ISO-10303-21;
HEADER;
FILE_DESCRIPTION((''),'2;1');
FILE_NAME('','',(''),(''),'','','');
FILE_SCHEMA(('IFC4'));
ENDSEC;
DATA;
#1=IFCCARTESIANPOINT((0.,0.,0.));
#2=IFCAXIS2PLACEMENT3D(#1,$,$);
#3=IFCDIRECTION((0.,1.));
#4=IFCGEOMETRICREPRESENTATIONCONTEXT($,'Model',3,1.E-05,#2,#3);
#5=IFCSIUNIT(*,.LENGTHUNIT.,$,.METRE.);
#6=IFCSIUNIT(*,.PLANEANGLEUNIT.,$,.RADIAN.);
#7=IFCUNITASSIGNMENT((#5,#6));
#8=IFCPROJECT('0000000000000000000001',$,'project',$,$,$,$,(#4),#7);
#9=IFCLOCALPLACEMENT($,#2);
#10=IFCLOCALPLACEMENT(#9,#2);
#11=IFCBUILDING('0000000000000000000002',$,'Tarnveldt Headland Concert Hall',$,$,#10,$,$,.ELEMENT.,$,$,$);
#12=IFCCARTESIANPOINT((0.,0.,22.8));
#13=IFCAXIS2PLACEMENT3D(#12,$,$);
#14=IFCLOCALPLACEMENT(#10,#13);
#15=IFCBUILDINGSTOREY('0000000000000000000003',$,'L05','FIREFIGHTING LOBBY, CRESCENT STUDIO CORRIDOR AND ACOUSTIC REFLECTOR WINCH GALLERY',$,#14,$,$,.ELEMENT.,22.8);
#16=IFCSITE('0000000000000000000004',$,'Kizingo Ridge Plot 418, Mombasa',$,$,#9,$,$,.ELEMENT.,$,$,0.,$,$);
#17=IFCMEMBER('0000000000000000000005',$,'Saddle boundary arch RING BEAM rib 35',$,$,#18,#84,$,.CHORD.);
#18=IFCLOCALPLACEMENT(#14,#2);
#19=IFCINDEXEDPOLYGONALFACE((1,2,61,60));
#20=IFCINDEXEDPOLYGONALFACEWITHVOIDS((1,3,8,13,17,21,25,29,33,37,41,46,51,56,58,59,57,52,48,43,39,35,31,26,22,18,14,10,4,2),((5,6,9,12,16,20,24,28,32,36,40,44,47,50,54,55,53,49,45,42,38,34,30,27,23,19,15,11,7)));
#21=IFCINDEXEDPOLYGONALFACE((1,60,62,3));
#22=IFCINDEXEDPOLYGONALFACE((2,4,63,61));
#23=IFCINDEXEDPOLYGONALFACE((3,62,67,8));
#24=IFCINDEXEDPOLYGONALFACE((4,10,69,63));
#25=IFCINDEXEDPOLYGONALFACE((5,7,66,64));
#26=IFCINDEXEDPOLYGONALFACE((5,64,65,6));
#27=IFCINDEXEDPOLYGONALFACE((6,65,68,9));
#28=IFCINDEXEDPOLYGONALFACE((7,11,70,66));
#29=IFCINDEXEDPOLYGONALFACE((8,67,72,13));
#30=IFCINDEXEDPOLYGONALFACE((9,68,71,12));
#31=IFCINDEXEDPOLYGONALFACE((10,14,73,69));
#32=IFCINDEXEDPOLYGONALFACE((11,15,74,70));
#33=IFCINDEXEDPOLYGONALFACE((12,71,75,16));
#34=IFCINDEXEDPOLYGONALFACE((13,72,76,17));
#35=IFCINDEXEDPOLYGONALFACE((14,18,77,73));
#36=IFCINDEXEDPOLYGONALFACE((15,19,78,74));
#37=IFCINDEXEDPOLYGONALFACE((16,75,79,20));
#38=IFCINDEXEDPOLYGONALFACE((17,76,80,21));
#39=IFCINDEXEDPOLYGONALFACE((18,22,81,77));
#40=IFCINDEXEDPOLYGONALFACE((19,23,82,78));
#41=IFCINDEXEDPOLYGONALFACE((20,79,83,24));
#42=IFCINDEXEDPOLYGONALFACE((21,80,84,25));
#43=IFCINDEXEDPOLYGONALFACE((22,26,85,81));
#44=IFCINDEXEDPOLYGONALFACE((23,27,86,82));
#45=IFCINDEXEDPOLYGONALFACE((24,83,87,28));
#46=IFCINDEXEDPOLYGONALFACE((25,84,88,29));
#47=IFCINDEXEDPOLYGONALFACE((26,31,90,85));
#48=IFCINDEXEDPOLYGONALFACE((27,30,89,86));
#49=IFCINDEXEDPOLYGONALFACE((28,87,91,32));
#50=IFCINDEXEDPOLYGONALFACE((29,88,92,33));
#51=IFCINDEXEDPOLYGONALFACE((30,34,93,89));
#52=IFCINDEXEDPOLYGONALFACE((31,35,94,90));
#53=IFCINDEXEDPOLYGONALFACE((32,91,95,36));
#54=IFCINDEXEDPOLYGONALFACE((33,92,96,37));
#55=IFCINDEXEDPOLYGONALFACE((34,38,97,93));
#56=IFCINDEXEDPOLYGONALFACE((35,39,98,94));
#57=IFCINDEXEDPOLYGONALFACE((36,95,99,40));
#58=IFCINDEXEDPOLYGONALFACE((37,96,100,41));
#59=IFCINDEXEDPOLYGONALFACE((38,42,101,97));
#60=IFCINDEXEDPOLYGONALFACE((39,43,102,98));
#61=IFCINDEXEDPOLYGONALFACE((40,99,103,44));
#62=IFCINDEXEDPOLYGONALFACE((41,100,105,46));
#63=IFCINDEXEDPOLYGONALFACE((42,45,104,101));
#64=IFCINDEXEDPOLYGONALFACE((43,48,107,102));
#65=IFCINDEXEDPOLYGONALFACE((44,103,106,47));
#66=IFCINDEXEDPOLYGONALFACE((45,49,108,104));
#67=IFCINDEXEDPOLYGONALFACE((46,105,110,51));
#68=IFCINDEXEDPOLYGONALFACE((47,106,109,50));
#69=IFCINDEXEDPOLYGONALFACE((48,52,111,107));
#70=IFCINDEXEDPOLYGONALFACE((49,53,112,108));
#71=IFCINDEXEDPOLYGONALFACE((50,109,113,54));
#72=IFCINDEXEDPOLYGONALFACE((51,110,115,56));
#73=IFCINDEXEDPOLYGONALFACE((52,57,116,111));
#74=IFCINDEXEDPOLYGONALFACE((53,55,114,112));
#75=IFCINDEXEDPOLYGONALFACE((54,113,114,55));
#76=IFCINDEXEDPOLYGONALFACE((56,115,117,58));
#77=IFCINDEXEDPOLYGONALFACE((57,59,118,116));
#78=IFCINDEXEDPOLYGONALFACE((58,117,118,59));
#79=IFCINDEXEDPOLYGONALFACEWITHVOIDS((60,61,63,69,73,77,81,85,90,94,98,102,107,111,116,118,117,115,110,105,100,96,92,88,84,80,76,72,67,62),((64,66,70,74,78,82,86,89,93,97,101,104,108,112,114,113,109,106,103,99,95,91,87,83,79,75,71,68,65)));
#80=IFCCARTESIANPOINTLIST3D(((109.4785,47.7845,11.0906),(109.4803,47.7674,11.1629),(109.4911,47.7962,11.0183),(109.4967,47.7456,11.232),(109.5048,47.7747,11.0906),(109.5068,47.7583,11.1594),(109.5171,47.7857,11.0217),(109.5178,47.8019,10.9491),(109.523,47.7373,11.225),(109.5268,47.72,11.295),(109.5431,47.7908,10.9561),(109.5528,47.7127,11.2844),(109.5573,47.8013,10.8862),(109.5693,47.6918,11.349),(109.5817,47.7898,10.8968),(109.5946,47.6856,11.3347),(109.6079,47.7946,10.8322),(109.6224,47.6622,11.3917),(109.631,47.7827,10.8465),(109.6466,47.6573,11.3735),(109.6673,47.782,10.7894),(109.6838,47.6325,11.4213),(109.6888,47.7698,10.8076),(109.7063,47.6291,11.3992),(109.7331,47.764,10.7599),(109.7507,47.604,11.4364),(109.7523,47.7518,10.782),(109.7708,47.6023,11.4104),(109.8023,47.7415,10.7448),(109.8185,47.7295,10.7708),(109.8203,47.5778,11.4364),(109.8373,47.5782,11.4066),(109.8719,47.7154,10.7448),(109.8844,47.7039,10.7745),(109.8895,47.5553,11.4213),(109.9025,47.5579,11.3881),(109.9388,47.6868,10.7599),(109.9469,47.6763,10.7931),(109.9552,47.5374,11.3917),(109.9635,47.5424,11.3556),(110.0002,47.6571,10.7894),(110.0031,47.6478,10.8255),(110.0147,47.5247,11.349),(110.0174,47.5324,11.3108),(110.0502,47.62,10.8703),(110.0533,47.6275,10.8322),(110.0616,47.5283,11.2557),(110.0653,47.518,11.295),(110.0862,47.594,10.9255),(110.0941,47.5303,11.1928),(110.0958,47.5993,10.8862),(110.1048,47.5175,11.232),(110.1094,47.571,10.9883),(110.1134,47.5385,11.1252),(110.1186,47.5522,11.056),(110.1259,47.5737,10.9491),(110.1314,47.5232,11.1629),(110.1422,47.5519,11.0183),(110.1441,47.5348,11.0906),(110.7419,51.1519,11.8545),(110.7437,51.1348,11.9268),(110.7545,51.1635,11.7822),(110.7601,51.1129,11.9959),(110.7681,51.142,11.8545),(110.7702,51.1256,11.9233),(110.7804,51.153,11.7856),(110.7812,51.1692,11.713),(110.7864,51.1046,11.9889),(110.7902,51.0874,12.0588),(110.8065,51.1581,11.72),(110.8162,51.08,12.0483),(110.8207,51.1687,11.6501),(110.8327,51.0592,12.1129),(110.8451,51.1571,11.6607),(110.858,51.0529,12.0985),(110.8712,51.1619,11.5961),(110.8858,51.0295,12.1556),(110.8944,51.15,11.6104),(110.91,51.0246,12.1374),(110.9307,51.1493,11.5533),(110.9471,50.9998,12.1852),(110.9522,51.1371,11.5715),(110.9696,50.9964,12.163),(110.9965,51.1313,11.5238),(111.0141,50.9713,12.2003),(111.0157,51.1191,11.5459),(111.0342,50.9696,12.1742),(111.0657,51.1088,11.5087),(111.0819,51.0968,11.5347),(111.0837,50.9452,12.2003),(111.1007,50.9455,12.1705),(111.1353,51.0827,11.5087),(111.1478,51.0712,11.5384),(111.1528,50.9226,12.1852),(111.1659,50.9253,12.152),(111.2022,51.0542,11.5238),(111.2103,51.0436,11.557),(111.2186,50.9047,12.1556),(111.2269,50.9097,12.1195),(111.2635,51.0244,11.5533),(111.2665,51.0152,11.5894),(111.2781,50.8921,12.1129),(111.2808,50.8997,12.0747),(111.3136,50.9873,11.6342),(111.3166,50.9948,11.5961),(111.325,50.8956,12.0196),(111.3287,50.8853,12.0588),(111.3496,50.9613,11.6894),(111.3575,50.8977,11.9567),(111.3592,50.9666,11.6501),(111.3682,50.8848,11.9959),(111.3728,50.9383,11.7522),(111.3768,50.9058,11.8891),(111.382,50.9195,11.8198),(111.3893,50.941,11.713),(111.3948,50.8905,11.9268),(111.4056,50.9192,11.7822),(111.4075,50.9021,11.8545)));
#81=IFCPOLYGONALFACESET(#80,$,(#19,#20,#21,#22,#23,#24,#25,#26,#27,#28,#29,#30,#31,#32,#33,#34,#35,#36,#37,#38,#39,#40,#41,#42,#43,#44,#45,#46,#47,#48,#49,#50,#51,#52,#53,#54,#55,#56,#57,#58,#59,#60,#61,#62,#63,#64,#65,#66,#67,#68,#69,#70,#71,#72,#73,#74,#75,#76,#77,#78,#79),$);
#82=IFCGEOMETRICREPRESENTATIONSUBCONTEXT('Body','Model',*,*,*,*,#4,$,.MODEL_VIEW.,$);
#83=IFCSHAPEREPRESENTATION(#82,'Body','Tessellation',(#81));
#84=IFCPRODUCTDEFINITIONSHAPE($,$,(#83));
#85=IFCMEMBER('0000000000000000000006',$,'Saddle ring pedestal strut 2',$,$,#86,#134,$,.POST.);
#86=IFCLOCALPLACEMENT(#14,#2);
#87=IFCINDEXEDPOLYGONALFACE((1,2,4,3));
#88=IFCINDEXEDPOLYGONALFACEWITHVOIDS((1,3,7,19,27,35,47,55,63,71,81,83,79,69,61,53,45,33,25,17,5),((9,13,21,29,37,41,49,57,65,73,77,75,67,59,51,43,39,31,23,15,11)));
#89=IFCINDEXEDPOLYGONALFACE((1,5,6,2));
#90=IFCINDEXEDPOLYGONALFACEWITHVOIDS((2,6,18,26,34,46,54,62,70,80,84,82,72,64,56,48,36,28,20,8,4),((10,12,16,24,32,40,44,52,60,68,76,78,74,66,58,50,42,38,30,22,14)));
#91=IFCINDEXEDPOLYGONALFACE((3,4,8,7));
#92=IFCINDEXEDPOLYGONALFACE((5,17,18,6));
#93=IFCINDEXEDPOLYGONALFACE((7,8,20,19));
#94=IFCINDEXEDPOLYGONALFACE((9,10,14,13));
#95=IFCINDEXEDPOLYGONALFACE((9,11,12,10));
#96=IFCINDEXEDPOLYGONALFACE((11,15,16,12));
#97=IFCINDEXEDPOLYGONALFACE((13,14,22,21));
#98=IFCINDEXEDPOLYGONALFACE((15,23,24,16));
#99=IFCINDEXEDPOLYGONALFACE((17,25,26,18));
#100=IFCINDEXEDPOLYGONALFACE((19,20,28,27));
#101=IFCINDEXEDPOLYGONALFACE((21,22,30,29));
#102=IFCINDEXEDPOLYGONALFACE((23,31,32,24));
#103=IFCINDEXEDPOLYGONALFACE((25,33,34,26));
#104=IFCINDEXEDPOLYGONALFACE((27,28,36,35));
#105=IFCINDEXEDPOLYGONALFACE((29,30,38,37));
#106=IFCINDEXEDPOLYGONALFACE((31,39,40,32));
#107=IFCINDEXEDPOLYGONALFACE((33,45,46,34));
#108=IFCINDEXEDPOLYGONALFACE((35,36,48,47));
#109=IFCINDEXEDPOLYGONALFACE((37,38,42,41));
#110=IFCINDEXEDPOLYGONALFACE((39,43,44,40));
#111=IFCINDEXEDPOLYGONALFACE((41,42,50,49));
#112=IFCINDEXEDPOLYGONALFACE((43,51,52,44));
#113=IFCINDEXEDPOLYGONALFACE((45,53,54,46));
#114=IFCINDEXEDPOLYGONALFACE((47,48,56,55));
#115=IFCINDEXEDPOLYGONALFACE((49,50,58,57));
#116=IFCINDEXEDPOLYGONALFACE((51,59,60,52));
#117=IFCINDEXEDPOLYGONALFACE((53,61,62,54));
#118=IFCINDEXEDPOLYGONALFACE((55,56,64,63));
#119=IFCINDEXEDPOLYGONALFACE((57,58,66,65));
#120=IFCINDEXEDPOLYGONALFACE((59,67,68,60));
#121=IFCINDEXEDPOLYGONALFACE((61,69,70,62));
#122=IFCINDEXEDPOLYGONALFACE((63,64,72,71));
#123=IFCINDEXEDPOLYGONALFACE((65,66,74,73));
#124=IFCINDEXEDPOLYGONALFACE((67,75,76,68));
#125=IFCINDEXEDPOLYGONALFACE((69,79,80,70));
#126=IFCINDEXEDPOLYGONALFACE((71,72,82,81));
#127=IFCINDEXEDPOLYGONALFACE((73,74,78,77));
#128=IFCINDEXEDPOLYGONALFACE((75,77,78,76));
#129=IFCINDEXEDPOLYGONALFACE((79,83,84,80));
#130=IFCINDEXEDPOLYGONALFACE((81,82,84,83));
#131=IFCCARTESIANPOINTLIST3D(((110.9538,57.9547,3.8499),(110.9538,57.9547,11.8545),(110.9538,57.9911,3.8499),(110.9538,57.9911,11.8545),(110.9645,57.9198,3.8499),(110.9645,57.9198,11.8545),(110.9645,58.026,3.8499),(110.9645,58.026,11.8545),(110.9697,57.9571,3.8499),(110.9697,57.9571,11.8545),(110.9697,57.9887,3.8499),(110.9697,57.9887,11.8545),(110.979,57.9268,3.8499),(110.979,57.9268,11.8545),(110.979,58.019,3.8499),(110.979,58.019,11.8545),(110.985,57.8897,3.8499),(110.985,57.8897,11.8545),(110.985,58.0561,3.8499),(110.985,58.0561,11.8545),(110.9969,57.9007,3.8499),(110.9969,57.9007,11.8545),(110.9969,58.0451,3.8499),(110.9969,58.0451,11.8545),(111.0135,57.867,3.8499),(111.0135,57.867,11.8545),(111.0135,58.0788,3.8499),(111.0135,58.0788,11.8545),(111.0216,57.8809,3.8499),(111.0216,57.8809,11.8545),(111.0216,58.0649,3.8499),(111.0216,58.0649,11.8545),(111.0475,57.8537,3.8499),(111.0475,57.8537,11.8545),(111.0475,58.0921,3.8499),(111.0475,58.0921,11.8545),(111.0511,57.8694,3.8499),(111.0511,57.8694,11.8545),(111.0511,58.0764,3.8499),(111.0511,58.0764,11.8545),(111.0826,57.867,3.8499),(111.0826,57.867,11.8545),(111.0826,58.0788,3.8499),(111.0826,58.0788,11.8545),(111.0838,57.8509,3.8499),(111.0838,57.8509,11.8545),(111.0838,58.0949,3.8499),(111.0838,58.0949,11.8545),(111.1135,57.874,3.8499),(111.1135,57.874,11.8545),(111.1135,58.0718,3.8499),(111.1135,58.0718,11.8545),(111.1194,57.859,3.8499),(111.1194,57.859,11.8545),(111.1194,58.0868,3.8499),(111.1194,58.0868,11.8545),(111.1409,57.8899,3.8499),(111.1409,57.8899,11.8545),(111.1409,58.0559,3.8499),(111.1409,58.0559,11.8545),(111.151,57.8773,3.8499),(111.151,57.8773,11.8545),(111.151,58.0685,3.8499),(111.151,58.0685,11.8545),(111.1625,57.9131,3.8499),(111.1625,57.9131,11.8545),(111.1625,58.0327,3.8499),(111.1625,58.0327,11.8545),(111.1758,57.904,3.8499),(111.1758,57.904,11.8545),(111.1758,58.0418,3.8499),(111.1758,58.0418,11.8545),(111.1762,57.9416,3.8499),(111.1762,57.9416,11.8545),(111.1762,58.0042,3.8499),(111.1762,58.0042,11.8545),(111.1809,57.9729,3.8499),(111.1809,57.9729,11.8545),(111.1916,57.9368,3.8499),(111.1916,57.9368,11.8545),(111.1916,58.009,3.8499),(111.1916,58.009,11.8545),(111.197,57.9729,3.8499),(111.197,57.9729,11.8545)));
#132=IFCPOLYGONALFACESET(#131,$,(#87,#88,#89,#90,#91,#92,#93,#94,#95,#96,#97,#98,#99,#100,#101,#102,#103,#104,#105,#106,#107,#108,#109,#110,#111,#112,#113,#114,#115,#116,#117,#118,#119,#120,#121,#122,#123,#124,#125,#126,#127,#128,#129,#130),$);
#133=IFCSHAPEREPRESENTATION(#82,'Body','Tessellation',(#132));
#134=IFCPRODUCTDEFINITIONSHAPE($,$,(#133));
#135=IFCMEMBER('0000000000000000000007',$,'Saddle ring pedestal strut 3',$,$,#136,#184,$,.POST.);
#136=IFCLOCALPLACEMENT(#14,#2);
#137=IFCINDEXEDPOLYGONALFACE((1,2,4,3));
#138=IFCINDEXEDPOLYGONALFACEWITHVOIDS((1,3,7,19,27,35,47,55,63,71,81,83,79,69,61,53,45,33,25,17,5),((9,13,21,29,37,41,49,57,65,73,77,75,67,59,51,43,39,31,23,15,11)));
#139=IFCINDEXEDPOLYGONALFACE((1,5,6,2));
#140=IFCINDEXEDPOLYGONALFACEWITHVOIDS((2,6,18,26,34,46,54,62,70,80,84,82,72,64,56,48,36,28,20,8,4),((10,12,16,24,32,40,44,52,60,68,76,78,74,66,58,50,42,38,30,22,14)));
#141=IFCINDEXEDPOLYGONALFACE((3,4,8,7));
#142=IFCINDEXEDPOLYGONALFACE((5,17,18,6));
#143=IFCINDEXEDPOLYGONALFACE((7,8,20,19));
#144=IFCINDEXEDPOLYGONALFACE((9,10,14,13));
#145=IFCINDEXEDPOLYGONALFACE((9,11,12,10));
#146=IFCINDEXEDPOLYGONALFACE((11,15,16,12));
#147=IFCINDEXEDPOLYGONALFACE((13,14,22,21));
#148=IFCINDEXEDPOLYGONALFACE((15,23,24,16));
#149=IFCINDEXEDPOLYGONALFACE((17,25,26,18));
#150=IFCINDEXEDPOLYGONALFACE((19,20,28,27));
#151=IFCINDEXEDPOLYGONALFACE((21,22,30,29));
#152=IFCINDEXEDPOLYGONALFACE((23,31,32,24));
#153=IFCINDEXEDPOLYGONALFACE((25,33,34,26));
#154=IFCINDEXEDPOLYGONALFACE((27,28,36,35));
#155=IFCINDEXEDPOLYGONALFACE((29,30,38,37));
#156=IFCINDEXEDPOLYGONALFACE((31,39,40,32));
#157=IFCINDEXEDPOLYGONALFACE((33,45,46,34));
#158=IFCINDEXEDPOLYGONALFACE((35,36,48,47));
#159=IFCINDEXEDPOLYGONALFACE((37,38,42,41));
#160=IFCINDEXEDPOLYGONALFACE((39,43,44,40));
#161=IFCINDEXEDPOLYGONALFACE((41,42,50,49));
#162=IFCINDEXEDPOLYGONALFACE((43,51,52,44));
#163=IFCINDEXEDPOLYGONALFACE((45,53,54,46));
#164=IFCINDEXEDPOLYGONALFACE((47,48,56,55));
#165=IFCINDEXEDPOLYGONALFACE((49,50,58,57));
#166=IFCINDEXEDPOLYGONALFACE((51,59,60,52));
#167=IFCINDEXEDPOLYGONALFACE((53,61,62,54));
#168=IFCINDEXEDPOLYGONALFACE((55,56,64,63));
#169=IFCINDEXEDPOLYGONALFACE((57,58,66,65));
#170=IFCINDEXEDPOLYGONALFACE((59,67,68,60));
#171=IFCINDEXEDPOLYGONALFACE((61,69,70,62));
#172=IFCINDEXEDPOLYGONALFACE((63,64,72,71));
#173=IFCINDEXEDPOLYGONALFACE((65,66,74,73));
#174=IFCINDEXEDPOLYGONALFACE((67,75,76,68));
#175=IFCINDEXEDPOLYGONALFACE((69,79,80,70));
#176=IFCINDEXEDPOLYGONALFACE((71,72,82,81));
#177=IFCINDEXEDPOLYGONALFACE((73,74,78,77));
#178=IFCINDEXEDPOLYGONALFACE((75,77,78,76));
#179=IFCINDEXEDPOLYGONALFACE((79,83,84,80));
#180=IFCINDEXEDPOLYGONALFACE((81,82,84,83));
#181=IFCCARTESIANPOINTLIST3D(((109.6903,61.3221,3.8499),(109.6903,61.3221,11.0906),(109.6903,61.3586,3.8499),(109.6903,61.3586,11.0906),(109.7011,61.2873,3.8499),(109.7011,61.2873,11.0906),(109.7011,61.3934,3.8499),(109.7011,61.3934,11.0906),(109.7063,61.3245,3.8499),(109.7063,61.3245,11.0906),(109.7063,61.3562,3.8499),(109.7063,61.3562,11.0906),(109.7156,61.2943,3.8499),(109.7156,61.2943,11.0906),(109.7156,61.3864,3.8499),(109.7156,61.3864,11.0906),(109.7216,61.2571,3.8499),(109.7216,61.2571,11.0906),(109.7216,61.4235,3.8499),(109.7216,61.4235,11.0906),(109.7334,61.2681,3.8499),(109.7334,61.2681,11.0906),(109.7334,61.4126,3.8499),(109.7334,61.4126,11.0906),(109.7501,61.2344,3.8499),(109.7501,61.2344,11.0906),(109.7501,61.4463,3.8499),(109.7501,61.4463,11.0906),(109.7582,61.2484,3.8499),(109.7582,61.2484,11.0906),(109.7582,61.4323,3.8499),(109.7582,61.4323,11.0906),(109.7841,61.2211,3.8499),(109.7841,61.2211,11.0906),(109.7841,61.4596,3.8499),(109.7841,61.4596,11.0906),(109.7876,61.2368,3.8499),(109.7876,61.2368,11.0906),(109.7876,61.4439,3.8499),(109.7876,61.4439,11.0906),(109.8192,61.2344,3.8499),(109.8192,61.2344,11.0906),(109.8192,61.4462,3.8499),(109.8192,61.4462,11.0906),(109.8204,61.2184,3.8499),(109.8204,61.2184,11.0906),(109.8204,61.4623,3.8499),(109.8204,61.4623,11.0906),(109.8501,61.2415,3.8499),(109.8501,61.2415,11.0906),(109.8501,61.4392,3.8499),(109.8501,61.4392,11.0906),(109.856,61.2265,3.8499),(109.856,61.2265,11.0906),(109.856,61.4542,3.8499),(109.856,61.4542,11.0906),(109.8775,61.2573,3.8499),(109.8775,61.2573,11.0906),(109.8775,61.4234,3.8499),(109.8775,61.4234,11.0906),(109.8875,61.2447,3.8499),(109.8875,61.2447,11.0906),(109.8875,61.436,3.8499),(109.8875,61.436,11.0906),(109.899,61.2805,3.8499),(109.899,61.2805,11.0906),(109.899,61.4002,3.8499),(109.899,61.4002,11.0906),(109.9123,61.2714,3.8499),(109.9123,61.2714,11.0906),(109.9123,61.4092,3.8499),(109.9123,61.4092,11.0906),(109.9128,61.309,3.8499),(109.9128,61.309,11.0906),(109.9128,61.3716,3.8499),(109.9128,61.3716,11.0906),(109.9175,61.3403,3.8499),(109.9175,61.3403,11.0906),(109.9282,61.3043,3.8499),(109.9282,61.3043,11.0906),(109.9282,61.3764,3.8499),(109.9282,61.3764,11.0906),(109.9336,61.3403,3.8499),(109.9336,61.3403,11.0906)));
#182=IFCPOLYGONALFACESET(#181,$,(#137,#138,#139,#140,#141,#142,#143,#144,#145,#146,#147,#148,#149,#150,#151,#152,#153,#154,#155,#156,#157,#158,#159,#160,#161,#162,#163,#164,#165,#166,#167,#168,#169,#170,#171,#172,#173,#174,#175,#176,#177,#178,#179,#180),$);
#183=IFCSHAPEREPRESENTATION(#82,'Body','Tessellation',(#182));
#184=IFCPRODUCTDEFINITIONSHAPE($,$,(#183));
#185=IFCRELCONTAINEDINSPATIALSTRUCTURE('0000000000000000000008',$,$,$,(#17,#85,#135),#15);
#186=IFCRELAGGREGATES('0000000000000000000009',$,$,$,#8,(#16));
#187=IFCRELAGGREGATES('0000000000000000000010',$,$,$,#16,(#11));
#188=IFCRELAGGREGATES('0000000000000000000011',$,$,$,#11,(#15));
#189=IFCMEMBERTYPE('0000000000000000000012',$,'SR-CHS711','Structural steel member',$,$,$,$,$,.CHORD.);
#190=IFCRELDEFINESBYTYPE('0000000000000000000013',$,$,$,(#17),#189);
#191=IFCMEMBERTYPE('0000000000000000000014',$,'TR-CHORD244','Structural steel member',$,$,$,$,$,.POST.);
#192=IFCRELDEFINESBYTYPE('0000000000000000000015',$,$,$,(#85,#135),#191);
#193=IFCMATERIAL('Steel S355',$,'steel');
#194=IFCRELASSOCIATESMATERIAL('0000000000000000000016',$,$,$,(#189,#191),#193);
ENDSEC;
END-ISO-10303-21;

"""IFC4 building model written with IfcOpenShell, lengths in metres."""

from ifc_helpers import new_model, si_unit, direction, frame, origin, origin_2d, place, context, subcontext, project, spatial, hollow_circle, extrude, material, material_profile, profile_set, type_object, element, save


model = new_model("IFC4")

# Units and contexts
model_context = context("Model", 3, precision=1e-05, world=origin(), true_north=direction((0.0, 1.0)))
body_context = subcontext(model_context, "Body", "Model", "MODEL_VIEW")
ifc_project = project(units=[si_unit("LENGTHUNIT", "METRE"), si_unit("PLANEANGLEUNIT", "RADIAN")], contexts=[model_context])

# Site, building, storey
site_placement = place(None, origin())
site = spatial("IfcSite", under=ifc_project, at=site_placement, Name="Kizingo Ridge Plot 418, Mombasa", CompositionType="ELEMENT", RefElevation=0.0)
building_placement = place(site_placement, origin())
building = spatial("IfcBuilding", under=site, at=building_placement, Name="Tarnveldt Headland Concert Hall", CompositionType="ELEMENT")
storey_placement = place(building_placement, frame((0.0, 0.0, 22.8)))
storey = spatial("IfcBuildingStorey", under=building, at=storey_placement, Name="L05", Description="FIREFIGHTING LOBBY, CRESCENT STUDIO CORRIDOR AND ACOUSTIC REFLECTOR WINCH GALLERY", CompositionType="ELEMENT", Elevation=22.8)

# Shared definitions
ifc_material_1 = material(Name="Steel S355", Category="steel")

# Members
ifc_material_profile_1 = material_profile(ifc_material_1, hollow_circle(Radius=0.3555, WallThickness=0.0281, at=origin_2d()), Name="CHS 711x28", Category="steel")
ifc_profile_set_1 = profile_set([ifc_material_profile_1], Name="Steel S355")
member_type_1 = type_object("IfcMemberType", Name="SR-CHS711", Description="Structural steel member", PredefinedType="CHORD", material=ifc_profile_set_1)
member_1_placement = place(storey_placement, frame((109.8113, 47.6597, 11.0906), z_axis=(0.343615, 0.915841, 0.207762), x_axis=(-0.936271, 0.35128, 0.0)))
element("IfcMember", 1, at=member_1_placement, inside=storey, type_object=member_type_1, Name="Saddle boundary arch RING BEAM rib 35", PredefinedType="CHORD", context=body_context, shape_type="SweptSolid", body=[
    extrude(hollow_circle(Radius=0.3555, WallThickness=0.0281, at=origin_2d()), origin(), (0.0, 0.0, 1.0), 3.6768),
])
ifc_material_profile_2 = material_profile(ifc_material_1, hollow_circle(Radius=0.1223, WallThickness=0.0161, at=origin_2d()), Name="CHS 244.5x16", Category="steel")
ifc_profile_set_2 = profile_set([ifc_material_profile_2], Name="Steel S355")
member_type_2 = type_object("IfcMemberType", Name="TR-CHORD244", Description="Structural steel member", PredefinedType="POST", material=ifc_profile_set_2)
member_2_placement = place(storey_placement, frame((111.0747, 57.9729, 3.8499), z_axis=(0.0, 0.0, 1.0), x_axis=(1.0, 0.0, 0.0)))
element("IfcMember", 2, at=member_2_placement, inside=storey, type_object=member_type_2, Name="Saddle ring pedestal strut 2", PredefinedType="POST", context=body_context, shape_type="SweptSolid", body=[
    extrude(hollow_circle(Radius=0.1223, WallThickness=0.0161, at=origin_2d()), origin(), (0.0, 0.0, 1.0), 8.0046),
])
for number, where, z_axis, x_axis, name in (
    (3, (109.8113, 61.3403, 3.8499), (0.0, 0.0, 1.0), (1.0, 0.0, 0.0), "Saddle ring pedestal strut 3"),
):
    element("IfcMember", number, at=place(storey_placement, frame(where, z_axis=z_axis, x_axis=x_axis)), inside=storey, type_object=member_type_2, Name=name, PredefinedType="POST", context=body_context, shape_type="SweptSolid", body=[
        extrude(hollow_circle(Radius=0.1223, WallThickness=0.0161, at=origin_2d()), origin(), (0.0, 0.0, 1.0), 7.2407),
    ])

save(model, "model.ifc")
